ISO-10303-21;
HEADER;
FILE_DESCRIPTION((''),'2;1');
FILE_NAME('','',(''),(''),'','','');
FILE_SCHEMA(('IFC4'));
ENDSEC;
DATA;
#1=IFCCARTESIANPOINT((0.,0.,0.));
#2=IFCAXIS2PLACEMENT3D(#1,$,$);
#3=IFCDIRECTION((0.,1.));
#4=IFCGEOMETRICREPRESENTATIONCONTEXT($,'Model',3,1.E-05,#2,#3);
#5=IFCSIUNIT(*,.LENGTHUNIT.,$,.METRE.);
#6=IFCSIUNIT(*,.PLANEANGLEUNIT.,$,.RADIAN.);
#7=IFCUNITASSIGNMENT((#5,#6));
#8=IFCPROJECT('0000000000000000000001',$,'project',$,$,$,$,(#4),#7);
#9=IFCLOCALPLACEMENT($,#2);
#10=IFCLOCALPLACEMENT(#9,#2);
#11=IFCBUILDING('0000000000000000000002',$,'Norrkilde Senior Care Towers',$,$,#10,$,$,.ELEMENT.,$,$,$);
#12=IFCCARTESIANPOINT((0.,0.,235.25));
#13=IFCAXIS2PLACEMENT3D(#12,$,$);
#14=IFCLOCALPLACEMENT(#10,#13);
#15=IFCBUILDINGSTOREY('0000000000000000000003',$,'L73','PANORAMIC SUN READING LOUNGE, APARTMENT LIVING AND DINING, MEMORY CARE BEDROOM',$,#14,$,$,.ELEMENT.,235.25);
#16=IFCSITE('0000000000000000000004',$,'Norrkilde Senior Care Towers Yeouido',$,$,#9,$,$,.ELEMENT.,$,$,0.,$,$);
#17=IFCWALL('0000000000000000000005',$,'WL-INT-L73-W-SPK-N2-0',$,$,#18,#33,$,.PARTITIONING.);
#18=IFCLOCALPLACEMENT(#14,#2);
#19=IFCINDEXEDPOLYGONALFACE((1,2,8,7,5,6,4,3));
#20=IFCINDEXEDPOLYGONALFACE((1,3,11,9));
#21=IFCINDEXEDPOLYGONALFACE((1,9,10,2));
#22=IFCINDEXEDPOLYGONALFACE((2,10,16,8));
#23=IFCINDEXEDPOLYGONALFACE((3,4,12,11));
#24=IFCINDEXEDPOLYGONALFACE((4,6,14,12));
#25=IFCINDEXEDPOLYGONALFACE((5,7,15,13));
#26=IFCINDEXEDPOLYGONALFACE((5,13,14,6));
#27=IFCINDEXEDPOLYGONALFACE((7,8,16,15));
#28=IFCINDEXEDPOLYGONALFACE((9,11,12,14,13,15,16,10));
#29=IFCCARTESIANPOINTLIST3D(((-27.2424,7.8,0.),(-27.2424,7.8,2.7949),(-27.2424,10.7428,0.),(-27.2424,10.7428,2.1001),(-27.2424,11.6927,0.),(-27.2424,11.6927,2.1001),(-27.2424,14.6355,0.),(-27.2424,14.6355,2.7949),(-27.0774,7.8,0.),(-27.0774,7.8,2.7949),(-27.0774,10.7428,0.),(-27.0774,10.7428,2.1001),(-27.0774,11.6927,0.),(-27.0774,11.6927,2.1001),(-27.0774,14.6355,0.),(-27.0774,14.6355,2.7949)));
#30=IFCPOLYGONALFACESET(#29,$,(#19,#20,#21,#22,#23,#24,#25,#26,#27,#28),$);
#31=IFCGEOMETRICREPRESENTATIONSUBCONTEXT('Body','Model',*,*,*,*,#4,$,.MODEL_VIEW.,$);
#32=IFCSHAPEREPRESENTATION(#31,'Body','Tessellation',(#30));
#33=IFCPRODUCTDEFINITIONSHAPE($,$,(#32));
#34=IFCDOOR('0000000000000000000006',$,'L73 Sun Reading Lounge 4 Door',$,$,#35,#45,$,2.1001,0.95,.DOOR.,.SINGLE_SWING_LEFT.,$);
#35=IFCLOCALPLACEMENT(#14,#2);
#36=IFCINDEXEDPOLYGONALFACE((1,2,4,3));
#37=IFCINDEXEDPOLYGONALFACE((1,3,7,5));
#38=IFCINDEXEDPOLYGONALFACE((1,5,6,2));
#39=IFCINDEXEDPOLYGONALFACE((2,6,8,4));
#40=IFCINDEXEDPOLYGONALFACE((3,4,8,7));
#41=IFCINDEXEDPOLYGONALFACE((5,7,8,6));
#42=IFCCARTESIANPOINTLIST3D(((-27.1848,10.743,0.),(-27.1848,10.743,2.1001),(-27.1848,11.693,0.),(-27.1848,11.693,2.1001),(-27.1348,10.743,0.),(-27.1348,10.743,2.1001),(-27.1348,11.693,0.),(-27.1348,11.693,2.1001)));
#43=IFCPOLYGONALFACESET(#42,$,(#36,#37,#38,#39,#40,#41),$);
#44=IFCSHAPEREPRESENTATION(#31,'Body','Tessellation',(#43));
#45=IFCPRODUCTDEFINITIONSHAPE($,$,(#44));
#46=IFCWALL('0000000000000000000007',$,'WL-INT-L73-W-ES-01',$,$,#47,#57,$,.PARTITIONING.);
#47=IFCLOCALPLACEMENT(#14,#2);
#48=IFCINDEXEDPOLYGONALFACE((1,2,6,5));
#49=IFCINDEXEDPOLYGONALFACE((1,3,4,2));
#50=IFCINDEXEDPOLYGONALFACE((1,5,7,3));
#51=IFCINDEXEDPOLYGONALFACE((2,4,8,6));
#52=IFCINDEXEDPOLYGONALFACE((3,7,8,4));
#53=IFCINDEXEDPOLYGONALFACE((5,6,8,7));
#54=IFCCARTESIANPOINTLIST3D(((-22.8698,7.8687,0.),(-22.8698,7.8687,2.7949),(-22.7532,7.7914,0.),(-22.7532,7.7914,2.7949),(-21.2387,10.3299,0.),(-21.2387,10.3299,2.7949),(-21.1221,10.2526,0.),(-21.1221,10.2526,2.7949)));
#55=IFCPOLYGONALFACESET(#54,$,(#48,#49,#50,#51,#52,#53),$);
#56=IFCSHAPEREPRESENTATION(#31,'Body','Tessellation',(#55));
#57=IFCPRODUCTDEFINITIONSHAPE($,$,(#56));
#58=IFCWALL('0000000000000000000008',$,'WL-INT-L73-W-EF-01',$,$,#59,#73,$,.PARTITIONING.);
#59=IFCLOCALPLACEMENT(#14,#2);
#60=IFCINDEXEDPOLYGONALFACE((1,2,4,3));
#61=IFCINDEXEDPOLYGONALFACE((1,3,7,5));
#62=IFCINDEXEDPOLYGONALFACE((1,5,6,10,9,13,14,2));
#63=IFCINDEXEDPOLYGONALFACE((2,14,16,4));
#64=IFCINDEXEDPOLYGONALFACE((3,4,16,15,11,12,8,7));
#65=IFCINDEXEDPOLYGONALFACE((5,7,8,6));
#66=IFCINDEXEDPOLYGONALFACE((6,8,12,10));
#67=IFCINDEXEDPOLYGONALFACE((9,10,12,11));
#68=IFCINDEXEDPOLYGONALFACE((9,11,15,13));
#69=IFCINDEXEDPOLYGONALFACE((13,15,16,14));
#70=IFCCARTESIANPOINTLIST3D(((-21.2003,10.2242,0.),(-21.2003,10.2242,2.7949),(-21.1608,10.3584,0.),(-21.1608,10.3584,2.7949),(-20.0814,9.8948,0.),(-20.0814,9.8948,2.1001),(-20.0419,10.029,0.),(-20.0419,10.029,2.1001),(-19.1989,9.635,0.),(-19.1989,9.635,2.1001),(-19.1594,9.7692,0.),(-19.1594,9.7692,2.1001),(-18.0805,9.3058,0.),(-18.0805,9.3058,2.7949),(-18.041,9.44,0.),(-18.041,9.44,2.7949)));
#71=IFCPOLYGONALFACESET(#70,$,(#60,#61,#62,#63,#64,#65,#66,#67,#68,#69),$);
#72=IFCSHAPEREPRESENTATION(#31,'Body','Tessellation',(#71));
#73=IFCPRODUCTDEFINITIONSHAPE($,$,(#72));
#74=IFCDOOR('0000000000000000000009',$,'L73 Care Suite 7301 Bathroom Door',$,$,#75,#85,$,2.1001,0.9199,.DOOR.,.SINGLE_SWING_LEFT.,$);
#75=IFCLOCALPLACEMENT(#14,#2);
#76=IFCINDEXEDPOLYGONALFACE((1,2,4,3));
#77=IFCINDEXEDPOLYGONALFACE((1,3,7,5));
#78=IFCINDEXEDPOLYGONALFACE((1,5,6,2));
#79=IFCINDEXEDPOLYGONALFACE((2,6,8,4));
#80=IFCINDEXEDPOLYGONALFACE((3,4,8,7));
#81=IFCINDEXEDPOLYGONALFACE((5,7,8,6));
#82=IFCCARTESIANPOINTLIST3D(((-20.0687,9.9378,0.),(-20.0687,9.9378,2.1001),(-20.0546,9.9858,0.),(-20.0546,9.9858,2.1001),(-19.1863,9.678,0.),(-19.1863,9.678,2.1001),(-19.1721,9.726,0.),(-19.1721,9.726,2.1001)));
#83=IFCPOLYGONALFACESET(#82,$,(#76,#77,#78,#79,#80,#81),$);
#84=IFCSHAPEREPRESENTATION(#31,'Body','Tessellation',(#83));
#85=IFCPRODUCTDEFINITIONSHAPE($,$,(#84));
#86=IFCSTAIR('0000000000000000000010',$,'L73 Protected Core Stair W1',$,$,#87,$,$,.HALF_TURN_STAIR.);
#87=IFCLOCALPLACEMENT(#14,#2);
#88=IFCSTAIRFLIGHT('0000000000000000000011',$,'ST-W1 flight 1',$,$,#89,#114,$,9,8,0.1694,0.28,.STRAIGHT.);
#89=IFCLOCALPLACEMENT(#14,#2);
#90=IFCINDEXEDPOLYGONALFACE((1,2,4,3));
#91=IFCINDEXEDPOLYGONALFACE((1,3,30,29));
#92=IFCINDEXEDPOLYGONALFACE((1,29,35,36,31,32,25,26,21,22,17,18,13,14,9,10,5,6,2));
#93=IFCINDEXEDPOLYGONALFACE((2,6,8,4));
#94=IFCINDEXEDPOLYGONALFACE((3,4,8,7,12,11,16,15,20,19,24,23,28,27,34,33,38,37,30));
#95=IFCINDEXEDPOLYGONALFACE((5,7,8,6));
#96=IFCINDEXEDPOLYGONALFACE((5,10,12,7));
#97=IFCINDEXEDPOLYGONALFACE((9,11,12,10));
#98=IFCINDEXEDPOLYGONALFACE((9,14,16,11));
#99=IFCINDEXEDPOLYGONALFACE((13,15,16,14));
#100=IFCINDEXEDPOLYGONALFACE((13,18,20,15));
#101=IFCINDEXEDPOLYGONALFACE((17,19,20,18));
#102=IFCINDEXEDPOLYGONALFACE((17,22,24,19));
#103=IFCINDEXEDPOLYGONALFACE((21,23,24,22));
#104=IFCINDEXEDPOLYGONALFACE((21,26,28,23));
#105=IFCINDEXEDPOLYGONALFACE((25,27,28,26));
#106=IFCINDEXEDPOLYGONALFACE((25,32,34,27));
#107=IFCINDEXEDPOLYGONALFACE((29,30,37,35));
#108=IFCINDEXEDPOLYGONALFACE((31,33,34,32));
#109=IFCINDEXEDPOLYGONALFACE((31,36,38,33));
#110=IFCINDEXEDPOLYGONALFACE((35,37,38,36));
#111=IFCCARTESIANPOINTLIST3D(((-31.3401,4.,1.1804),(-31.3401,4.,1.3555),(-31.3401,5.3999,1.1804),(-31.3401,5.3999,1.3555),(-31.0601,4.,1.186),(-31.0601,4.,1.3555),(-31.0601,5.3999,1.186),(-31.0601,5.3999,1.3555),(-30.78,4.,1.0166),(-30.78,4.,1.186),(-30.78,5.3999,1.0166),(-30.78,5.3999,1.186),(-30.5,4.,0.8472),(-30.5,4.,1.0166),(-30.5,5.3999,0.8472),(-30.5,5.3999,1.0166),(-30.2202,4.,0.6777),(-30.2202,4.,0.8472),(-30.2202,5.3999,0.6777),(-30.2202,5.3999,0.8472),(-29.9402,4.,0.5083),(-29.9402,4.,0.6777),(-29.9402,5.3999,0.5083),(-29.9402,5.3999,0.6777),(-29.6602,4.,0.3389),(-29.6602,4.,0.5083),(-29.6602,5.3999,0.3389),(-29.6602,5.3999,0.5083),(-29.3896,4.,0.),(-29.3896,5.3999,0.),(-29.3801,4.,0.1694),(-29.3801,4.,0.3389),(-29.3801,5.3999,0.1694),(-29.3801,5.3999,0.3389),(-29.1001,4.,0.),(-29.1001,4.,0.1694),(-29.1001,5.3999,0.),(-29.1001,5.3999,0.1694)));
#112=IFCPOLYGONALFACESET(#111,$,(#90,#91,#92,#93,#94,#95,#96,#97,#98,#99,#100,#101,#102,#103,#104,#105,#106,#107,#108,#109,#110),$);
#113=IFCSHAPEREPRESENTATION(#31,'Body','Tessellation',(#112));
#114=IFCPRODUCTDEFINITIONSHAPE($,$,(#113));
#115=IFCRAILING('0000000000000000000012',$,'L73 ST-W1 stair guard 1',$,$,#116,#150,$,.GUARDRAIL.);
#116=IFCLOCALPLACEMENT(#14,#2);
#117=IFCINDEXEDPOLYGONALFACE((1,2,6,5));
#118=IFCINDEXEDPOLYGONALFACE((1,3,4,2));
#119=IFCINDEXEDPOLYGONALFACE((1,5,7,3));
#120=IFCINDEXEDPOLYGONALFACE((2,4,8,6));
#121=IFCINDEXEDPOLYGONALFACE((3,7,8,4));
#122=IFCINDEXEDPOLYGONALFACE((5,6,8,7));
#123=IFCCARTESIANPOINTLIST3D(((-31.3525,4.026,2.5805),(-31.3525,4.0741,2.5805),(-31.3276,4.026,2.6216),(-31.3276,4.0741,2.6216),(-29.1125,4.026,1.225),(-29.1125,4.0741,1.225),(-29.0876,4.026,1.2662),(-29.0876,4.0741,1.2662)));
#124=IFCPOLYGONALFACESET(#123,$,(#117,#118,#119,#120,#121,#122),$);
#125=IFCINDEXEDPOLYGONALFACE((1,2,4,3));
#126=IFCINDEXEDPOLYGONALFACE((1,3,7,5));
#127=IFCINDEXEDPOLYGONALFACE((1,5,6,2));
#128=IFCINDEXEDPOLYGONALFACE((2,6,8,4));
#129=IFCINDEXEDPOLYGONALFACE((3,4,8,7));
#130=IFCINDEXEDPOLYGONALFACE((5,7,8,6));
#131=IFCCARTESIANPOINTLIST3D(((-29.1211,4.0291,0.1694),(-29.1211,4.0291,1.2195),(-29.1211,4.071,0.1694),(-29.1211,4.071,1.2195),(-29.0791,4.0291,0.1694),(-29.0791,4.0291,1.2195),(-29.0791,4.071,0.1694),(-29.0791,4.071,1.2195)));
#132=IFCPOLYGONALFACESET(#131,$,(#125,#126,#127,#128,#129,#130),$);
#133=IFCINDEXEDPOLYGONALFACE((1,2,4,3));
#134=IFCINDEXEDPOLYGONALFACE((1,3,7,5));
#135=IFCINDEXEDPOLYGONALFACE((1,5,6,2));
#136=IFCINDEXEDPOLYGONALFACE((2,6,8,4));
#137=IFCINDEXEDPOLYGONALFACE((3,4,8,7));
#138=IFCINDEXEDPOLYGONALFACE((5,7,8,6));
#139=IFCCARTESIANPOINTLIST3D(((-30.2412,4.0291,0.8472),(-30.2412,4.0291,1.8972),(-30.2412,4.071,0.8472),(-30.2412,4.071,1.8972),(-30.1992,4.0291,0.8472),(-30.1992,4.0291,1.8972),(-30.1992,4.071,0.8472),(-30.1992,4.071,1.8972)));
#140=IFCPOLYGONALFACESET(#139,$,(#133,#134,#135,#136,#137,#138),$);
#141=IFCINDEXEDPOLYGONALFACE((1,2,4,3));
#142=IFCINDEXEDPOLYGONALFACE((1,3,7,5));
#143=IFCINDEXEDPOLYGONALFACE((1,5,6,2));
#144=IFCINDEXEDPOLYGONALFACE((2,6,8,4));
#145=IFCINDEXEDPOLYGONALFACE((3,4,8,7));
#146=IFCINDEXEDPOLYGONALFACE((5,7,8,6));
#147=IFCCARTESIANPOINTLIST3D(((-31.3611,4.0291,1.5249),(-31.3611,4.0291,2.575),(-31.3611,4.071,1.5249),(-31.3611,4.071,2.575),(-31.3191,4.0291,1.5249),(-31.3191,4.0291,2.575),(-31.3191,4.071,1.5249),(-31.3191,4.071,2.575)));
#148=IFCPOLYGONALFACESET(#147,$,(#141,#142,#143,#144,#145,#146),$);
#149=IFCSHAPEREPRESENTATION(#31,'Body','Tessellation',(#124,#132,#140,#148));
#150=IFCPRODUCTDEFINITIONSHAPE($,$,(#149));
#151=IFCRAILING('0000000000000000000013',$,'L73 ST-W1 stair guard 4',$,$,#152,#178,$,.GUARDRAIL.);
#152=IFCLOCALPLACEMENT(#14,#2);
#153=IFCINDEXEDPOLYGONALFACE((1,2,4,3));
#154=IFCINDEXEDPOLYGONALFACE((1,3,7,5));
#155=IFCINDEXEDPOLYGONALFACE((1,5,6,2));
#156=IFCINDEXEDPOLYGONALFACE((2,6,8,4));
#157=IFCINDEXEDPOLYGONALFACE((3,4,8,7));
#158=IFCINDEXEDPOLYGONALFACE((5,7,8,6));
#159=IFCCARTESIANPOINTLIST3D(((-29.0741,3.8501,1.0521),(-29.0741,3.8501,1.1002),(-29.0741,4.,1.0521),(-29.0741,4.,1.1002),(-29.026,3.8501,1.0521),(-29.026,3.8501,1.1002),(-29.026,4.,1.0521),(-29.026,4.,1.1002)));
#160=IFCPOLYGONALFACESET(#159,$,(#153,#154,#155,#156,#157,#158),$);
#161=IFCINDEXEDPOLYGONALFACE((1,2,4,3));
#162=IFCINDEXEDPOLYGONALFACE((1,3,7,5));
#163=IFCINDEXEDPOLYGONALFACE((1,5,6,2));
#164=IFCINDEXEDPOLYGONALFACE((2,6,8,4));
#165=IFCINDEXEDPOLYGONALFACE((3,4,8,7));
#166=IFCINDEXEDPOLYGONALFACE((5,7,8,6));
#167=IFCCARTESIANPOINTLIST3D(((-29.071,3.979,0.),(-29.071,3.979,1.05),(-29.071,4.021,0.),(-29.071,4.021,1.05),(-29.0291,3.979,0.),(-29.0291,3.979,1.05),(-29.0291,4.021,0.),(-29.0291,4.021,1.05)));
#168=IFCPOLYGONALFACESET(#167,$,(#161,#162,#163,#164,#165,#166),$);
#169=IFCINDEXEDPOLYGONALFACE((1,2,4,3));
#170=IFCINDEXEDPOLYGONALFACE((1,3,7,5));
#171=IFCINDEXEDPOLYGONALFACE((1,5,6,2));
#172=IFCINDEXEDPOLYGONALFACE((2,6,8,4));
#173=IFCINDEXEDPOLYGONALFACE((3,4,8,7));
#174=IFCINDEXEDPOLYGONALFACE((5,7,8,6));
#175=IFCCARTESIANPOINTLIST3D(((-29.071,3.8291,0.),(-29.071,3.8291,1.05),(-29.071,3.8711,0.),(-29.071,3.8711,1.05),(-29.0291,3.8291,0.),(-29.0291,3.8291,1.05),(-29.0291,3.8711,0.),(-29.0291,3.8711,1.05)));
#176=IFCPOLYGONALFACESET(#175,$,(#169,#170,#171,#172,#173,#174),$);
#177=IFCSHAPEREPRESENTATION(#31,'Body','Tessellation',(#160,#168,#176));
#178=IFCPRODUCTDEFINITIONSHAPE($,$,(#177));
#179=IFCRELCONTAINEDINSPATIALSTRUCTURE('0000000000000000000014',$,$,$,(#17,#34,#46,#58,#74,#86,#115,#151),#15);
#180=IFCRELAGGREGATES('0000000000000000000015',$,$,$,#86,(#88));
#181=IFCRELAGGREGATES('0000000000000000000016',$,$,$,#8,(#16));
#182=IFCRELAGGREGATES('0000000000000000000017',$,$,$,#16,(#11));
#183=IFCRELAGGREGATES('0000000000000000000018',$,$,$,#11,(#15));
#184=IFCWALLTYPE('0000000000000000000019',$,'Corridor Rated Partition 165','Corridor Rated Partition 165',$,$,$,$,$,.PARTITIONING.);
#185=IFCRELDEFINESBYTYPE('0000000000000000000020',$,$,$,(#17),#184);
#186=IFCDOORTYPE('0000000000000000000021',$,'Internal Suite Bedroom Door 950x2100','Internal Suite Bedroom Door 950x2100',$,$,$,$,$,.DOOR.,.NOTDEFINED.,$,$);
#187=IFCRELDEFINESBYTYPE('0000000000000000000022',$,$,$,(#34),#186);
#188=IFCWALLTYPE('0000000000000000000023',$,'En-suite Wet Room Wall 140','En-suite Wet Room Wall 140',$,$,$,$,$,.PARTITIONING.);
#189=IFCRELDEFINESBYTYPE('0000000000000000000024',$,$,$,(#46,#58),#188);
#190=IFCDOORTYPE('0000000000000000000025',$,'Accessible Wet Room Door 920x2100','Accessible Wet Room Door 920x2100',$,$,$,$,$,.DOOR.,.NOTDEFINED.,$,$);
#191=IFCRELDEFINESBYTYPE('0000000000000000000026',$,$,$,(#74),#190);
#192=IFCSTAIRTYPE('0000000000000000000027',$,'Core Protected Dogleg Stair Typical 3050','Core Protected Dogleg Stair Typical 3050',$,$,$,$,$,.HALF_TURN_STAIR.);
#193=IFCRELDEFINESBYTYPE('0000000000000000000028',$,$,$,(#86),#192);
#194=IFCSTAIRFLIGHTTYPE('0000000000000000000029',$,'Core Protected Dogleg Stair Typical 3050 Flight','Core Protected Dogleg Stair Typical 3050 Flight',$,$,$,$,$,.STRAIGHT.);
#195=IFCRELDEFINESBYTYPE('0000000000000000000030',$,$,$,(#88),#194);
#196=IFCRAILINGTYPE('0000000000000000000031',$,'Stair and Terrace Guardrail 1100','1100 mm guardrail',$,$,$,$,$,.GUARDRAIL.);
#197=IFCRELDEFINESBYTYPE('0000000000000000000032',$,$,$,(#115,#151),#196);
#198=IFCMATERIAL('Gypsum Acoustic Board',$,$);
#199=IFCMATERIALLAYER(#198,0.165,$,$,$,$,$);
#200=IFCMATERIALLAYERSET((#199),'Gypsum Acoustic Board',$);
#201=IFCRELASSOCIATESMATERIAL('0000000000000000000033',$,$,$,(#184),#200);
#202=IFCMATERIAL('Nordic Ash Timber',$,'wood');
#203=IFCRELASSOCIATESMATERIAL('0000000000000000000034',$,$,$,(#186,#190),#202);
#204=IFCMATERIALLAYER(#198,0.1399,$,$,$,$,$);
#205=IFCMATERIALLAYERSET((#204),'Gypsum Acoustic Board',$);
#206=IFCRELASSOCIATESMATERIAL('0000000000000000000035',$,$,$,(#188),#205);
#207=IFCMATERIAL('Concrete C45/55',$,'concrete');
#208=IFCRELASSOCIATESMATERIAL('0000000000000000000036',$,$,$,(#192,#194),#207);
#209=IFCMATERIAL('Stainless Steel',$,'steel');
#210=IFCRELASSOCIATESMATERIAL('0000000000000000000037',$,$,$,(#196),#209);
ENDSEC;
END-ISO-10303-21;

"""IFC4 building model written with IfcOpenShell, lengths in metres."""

from ifc_helpers import new_model, si_unit, direction, frame, frame_2d, origin, origin_2d, place, context, subcontext, project, spatial, polyline, rectangle, outline, extrude, source, transform, mapped, material, layer, layer_set, type_object, type_shapes, element, fill, aggregate, save


model = new_model("IFC4")

# Units and contexts
model_context = context("Model", 3, precision=1e-05, world=origin(), true_north=direction((0.0, 1.0)))
body_context = subcontext(model_context, "Body", "Model", "MODEL_VIEW")
ifc_project = project(units=[si_unit("LENGTHUNIT", "METRE"), si_unit("PLANEANGLEUNIT", "RADIAN")], contexts=[model_context])

# Site, building, storey
site_placement = place(None, origin())
site = spatial("IfcSite", under=ifc_project, at=site_placement, Name="Norrkilde Senior Care Towers Yeouido", CompositionType="ELEMENT", RefElevation=0.0)
building_placement = place(site_placement, origin())
building = spatial("IfcBuilding", under=site, at=building_placement, Name="Norrkilde Senior Care Towers", CompositionType="ELEMENT")
storey_placement = place(building_placement, frame((0.0, 0.0, 235.25)))
storey = spatial("IfcBuildingStorey", under=building, at=storey_placement, Name="L73", Description="PANORAMIC SUN READING LOUNGE, APARTMENT LIVING AND DINING, MEMORY CARE BEDROOM", CompositionType="ELEMENT", Elevation=235.25)

# Shared definitions
ifc_material_1 = material(Name="Concrete C45/55", Category="concrete")
ifc_material_2 = material(Name="Stainless Steel", Category="steel")

# Shared definitions
ifc_material_3 = material(Name="Gypsum Acoustic Board")
ifc_layer_1 = layer(ifc_material_3, 0.165)
ifc_layer_set_1 = layer_set([ifc_layer_1], Name="Gypsum Acoustic Board")
wall_type_1 = type_object("IfcWallType", Name="Corridor Rated Partition 165", Description="Corridor Rated Partition 165", PredefinedType="PARTITIONING", material=ifc_layer_set_1)
ifc_material_4 = material(Name="Nordic Ash Timber", Category="wood")

# Wall, opening, door
shared_shape_1 = source(origin(), body_context, "Body", "SweptSolid", [
    extrude(rectangle(XDim=6.8354, YDim=0.165, at=frame_2d((3.4177, 0.0))), origin(), (0.0, 0.0, 1.0), 2.7949),
])
door_type_1 = type_object("IfcDoorType", Name="Internal Suite Bedroom Door 950x2100", Description="Internal Suite Bedroom Door 950x2100", OperationType="NOTDEFINED", PredefinedType="DOOR", material=ifc_material_4)
shared_shape_2 = source(origin(), body_context, "Body", "SweptSolid", [
    extrude(rectangle(XDim=0.95, YDim=2.1001, at=frame_2d((0.4751, 1.05))), frame((0.0, 0.0249, 0.0), z_axis=(0.0, -1.0, 0.0), x_axis=(1.0, 0.0, 0.0)), (0.0, 0.0, 1.0), 0.05),
])
type_shapes(door_type_1, [shared_shape_2])
wall_1_placement = place(storey_placement, frame((-27.1599, 14.6355, 0.0), z_axis=(0.0, 0.0, 1.0), x_axis=(0.0, -1.0, 0.0)))
wall_1 = element("IfcWall", 1, at=wall_1_placement, inside=storey, type_object=wall_type_1, Name="WL-INT-L73-W-SPK-N2-0", PredefinedType="PARTITIONING", context=body_context, shape_type="MappedRepresentation", body=[
    mapped(shared_shape_1, transform((0.0, 0.0, 0.0), x_axis=(1.0, 0.0, 0.0), y_axis=(0.0, 1.0, 0.0), z_axis=(0.0, 0.0, 1.0), scale=1.0)),
])
opening_1_placement = place(wall_1_placement, frame((2.9426, 0.0, 0.0)))
opening_1 = element("IfcOpeningElement", 2, at=opening_1_placement, cuts=wall_1, PredefinedType="OPENING", context=body_context, shape_type="SweptSolid", body=[
    extrude(rectangle(XDim=0.95, YDim=2.1001, at=frame_2d((0.4751, 1.05))), frame((0.0, 0.0925, 0.0), z_axis=(0.0, -1.0, 0.0), x_axis=(1.0, 0.0, 0.0)), (0.0, 0.0, 1.0), 0.1851),
])
door_1_placement = place(opening_1_placement, frame((0.95, 0.0, 0.0), z_axis=(0.0, 0.0, 1.0), x_axis=(-1.0, 0.0, 0.0)))
door_1 = element("IfcDoor", 3, at=door_1_placement, inside=storey, type_object=door_type_1, Name="L73 Sun Reading Lounge 4 Door", OperationType="SINGLE_SWING_LEFT", OverallHeight=2.1001, OverallWidth=0.95, PredefinedType="DOOR", context=body_context, shape_type="MappedRepresentation", body=[
    mapped(shared_shape_2, transform((0.0, 0.0, 0.0), x_axis=(1.0, 0.0, 0.0), y_axis=(0.0, 1.0, 0.0), z_axis=(0.0, 0.0, 1.0), scale=1.0)),
])
fill(opening_1, door_1)

# Wall
ifc_layer_2 = layer(ifc_material_3, 0.1399)
ifc_layer_set_2 = layer_set([ifc_layer_2], Name="Gypsum Acoustic Board")
wall_type_2 = type_object("IfcWallType", Name="En-suite Wet Room Wall 140", Description="En-suite Wet Room Wall 140", PredefinedType="PARTITIONING", material=ifc_layer_set_2)
shared_shape_3 = source(origin(), body_context, "Body", "SweptSolid", [
    extrude(rectangle(XDim=2.9526, YDim=0.1399, at=frame_2d((1.4763, 0.0))), origin(), (0.0, 0.0, 1.0), 2.7949),
])
wall_2_placement = place(storey_placement, frame((-22.8115, 7.8301, 0.0), z_axis=(0.0, 0.0, 1.0), x_axis=(0.552427, 0.833561, 0.0)))
element("IfcWall", 4, at=wall_2_placement, inside=storey, type_object=wall_type_2, Name="WL-INT-L73-W-ES-01", PredefinedType="PARTITIONING", context=body_context, shape_type="MappedRepresentation", body=[
    mapped(shared_shape_3, transform((0.0, 0.0, 0.0), x_axis=(1.0, 0.0, 0.0), y_axis=(0.0, 1.0, 0.0), z_axis=(0.0, 0.0, 1.0), scale=1.0)),
])

# Wall, opening, door
shared_shape_4 = source(origin(), body_context, "Body", "SweptSolid", [
    extrude(rectangle(XDim=3.2522, YDim=0.1399, at=frame_2d((1.626, 0.0))), origin(), (0.0, 0.0, 1.0), 2.7949),
])
type_shapes(wall_type_2, [shared_shape_3, shared_shape_4])
wall_3_placement = place(storey_placement, frame((-21.1804, 10.2913, 0.0), z_axis=(0.0, 0.0, 1.0), x_axis=(0.959295, -0.282406, 0.0)))
wall_3 = element("IfcWall", 5, at=wall_3_placement, inside=storey, type_object=wall_type_2, Name="WL-INT-L73-W-EF-01", PredefinedType="PARTITIONING", context=body_context, shape_type="MappedRepresentation", body=[
    mapped(shared_shape_4, transform((0.0, 0.0, 0.0), x_axis=(1.0, 0.0, 0.0), y_axis=(0.0, 1.0, 0.0), z_axis=(0.0, 0.0, 1.0), scale=1.0)),
])
opening_2_placement = place(wall_3_placement, frame((1.1663, 0.0, 0.0)))
opening_2 = element("IfcOpeningElement", 6, at=opening_2_placement, cuts=wall_3, PredefinedType="OPENING", context=body_context, shape_type="SweptSolid", body=[
    extrude(rectangle(XDim=0.9199, YDim=2.1001, at=frame_2d((0.46, 1.05))), frame((0.0, 0.0798, 0.0), z_axis=(0.0, -1.0, 0.0), x_axis=(1.0, 0.0, 0.0)), (0.0, 0.0, 1.0), 0.1599),
])
door_type_2 = type_object("IfcDoorType", Name="Accessible Wet Room Door 920x2100", Description="Accessible Wet Room Door 920x2100", OperationType="NOTDEFINED", PredefinedType="DOOR", material=ifc_material_4)
shared_shape_5 = source(origin(), body_context, "Body", "SweptSolid", [
    extrude(rectangle(XDim=0.9199, YDim=2.1001, at=frame_2d((0.46, 1.05))), frame((0.0, 0.0249, 0.0), z_axis=(0.0, -1.0, 0.0), x_axis=(1.0, 0.0, 0.0)), (0.0, 0.0, 1.0), 0.05),
])
type_shapes(door_type_2, [shared_shape_5])
door_2_placement = place(opening_2_placement, origin())
door_2 = element("IfcDoor", 7, at=door_2_placement, inside=storey, type_object=door_type_2, Name="L73 Care Suite 7301 Bathroom Door", OperationType="SINGLE_SWING_LEFT", OverallHeight=2.1001, OverallWidth=0.9199, PredefinedType="DOOR", context=body_context, shape_type="MappedRepresentation", body=[
    mapped(shared_shape_5, transform((0.0, 0.0, 0.0), x_axis=(1.0, 0.0, 0.0), y_axis=(0.0, 1.0, 0.0), z_axis=(0.0, 0.0, 1.0), scale=1.0)),
])
fill(opening_2, door_2)

# Stair, stair flight
stair_type = type_object("IfcStairType", Name="Core Protected Dogleg Stair Typical 3050", Description="Core Protected Dogleg Stair Typical 3050", PredefinedType="HALF_TURN_STAIR", material=ifc_material_1)
stair_placement = place(storey_placement, origin())
stair = element("IfcStair", 8, at=stair_placement, inside=storey, type_object=stair_type, Name="L73 Protected Core Stair W1", PredefinedType="HALF_TURN_STAIR")
stair_flight_type = type_object("IfcStairFlightType", Name="Core Protected Dogleg Stair Typical 3050 Flight", Description="Core Protected Dogleg Stair Typical 3050 Flight", PredefinedType="STRAIGHT", material=ifc_material_1)
stair_flight_placement = place(storey_placement, frame((-29.1001, 4.7, 0.0), z_axis=(0.0, 0.0, 1.0), x_axis=(-1.0, 0.0, 0.0)))
stair_flight = element("IfcStairFlight", 9, at=stair_flight_placement, type_object=stair_flight_type, Name="ST-W1 flight 1", NumberOfRisers=9, NumberOfTreads=8, PredefinedType="STRAIGHT", RiserHeight=0.1694, TreadLength=0.28, context=body_context, shape_type="SweptSolid", body=[
    extrude(outline(polyline([(0.0, 0.0), (0.0, 0.1694), (0.28, 0.1694), (0.28, 0.3389), (0.5601, 0.3389), (0.5601, 0.5083), (0.8401, 0.5083), (0.8401, 0.6777), (1.1201, 0.6777), (1.1201, 0.8472), (1.3999, 0.8472), (1.3999, 1.0166), (1.6799, 1.0166), (1.6799, 1.186), (1.96, 1.186), (1.96, 1.3555), (2.24, 1.3555), (2.24, 1.5249), (2.24, 1.1804), (0.2896, 0.0), (0.0, 0.0)])), frame((0.0, 0.7, 0.0), z_axis=(0.0, -1.0, 0.0), x_axis=(1.0, 0.0, 0.0)), (0.0, 0.0, 1.0), 1.3999),
])
aggregate(stair, [stair_flight])

# Railings
railing_type_1 = type_object("IfcRailingType", Name="Stair and Terrace Guardrail 1100", Description="1100 mm guardrail", PredefinedType="GUARDRAIL", material=ifc_material_2)
railing_1_placement = place(storey_placement, frame((-29.1001, 4.05, 0.1694)))
element("IfcRailing", 10, at=railing_1_placement, inside=storey, type_object=railing_type_1, Name="L73 ST-W1 stair guard 1", PredefinedType="GUARDRAIL", context=body_context, shape_type="SweptSolid", body=[
    extrude(rectangle(XDim=0.0481, YDim=0.0481, at=origin_2d()), frame((0.0, 0.0, 1.0762), z_axis=(-0.855553, 0.0, 0.517715), x_axis=(0.0, -1.0, 0.0)), (0.0, 0.0, 1.0), 2.6182),
    extrude(rectangle(XDim=0.042, YDim=0.042, at=origin_2d()), origin(), (0.0, 0.0, 1.0), 1.05),
    extrude(rectangle(XDim=0.042, YDim=0.042, at=origin_2d()), frame((-1.1201, 0.0, 0.6777)), (0.0, 0.0, 1.0), 1.05),
    extrude(rectangle(XDim=0.042, YDim=0.042, at=origin_2d()), frame((-2.24, 0.0, 1.3555)), (0.0, 0.0, 1.0), 1.05),
])
railing_2_placement = place(storey_placement, frame((-29.05, 4.0, 0.0)))
element("IfcRailing", 11, at=railing_2_placement, inside=storey, type_object=railing_type_1, Name="L73 ST-W1 stair guard 4", PredefinedType="GUARDRAIL", context=body_context, shape_type="SweptSolid", body=[
    extrude(rectangle(XDim=0.0481, YDim=0.0481, at=origin_2d()), frame((0.0, 0.0, 1.0762), z_axis=(0.0, -1.0, 0.0), x_axis=(1.0, 0.0, 0.0)), (0.0, 0.0, 1.0), 0.1499),
    extrude(rectangle(XDim=0.042, YDim=0.042, at=origin_2d()), origin(), (0.0, 0.0, 1.0), 1.05),
    extrude(rectangle(XDim=0.042, YDim=0.042, at=origin_2d()), frame((0.0, -0.1499, 0.0)), (0.0, 0.0, 1.0), 1.05),
])

save(model, "model.ifc")
